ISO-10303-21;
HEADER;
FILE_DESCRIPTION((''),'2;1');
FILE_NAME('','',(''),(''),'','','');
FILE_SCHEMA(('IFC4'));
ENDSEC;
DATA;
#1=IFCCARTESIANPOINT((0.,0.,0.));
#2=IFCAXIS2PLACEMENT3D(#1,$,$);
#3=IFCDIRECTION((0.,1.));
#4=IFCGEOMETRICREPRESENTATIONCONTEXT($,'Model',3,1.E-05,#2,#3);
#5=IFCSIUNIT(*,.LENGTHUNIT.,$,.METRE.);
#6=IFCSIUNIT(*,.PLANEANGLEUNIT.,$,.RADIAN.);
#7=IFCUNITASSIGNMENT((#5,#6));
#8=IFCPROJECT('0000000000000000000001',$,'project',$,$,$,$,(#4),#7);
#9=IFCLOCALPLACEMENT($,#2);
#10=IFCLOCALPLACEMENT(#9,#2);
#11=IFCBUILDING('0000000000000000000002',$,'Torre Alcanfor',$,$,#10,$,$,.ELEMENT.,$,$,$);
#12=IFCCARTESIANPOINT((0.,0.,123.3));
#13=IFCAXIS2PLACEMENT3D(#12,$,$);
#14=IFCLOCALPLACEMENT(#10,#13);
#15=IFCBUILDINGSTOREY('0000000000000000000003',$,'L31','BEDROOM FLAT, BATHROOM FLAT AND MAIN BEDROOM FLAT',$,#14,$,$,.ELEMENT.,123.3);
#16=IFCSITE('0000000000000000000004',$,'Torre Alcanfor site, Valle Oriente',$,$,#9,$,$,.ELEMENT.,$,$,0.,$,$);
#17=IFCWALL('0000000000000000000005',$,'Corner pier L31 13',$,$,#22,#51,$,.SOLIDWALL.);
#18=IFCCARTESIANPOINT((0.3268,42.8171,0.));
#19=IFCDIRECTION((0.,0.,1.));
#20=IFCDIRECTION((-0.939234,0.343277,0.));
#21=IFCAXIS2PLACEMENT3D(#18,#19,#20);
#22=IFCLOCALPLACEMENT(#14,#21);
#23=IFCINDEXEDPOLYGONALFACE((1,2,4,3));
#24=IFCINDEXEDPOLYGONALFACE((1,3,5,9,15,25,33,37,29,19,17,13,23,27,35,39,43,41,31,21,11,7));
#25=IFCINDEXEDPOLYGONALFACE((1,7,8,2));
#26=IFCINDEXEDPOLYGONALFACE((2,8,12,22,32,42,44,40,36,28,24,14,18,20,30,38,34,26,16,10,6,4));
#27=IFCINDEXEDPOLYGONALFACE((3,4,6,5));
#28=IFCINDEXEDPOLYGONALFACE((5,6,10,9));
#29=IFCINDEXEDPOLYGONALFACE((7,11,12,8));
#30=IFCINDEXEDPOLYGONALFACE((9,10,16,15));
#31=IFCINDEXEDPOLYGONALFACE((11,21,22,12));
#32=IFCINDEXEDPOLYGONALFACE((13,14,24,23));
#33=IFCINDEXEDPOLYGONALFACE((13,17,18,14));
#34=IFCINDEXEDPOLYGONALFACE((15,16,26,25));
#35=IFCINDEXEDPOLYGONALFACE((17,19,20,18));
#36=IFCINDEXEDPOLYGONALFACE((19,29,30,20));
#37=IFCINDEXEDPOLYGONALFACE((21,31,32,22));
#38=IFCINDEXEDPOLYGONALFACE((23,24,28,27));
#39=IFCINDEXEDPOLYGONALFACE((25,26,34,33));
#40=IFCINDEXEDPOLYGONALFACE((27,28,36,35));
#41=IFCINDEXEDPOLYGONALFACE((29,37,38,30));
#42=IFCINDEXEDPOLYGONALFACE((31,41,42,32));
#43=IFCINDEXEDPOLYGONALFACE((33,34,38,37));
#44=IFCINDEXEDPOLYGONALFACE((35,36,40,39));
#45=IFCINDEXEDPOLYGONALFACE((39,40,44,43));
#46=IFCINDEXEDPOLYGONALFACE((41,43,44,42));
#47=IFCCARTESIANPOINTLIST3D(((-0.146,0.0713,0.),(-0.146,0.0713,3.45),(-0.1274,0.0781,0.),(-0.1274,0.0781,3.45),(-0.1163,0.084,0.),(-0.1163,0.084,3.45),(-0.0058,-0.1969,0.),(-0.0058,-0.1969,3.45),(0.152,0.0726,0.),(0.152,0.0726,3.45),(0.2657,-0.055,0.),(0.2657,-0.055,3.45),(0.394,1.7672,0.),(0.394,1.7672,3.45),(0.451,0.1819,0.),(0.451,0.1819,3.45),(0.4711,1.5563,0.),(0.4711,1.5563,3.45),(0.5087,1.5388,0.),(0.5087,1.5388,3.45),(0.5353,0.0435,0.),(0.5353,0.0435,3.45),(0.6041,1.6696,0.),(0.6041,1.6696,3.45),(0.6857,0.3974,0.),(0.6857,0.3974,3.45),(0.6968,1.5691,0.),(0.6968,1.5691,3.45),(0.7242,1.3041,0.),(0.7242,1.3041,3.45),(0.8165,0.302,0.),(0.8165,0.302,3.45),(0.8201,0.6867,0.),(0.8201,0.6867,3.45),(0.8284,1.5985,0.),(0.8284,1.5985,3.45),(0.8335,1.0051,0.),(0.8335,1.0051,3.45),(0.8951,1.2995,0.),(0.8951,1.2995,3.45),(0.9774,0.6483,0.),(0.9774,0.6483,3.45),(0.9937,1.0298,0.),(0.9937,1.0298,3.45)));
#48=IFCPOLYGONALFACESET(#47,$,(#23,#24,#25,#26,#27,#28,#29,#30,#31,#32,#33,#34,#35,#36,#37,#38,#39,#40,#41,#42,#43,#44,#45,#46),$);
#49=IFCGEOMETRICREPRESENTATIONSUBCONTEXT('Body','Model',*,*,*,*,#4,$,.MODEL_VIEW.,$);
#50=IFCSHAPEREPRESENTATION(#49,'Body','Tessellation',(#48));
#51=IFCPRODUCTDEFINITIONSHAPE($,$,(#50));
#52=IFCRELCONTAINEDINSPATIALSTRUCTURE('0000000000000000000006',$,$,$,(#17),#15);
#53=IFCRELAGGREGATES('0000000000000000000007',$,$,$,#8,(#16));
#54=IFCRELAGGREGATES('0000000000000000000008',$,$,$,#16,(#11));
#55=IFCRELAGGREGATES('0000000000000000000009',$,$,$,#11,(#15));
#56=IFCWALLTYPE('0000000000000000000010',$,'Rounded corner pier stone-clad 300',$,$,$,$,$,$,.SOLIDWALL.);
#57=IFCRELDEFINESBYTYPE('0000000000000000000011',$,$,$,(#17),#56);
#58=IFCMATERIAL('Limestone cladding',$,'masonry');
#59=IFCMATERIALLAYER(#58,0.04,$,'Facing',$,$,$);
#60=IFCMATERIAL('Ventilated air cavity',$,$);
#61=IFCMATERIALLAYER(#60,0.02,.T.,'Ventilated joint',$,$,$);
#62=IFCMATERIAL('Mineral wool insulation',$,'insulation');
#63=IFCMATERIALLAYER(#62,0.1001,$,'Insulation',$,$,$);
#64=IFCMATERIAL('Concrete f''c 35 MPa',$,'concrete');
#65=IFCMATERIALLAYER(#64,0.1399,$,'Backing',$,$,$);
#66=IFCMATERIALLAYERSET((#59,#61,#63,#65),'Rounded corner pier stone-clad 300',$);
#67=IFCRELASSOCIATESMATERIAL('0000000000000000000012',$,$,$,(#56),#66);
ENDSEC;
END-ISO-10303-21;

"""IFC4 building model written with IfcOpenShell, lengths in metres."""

from ifc_helpers import new_model, si_unit, direction, frame, origin, place, context, subcontext, project, spatial, polyline, outline, extrude, material, layer, layer_set, type_object, element, save


model = new_model("IFC4")

# Units and contexts
model_context = context("Model", 3, precision=1e-05, world=origin(), true_north=direction((0.0, 1.0)))
body_context = subcontext(model_context, "Body", "Model", "MODEL_VIEW")
ifc_project = project(units=[si_unit("LENGTHUNIT", "METRE"), si_unit("PLANEANGLEUNIT", "RADIAN")], contexts=[model_context])

# Site, building, storey
site_placement = place(None, origin())
site = spatial("IfcSite", under=ifc_project, at=site_placement, Name="Torre Alcanfor site, Valle Oriente", CompositionType="ELEMENT", RefElevation=0.0)
building_placement = place(site_placement, origin())
building = spatial("IfcBuilding", under=site, at=building_placement, Name="Torre Alcanfor", CompositionType="ELEMENT")
storey_placement = place(building_placement, frame((0.0, 0.0, 123.3)))
storey = spatial("IfcBuildingStorey", under=building, at=storey_placement, Name="L31", Description="BEDROOM FLAT, BATHROOM FLAT AND MAIN BEDROOM FLAT", CompositionType="ELEMENT", Elevation=123.3)

# Wall
ifc_material_1 = material(Name="Limestone cladding", Category="masonry")
ifc_layer_1 = layer(ifc_material_1, 0.04, Name="Facing")
ifc_material_2 = material(Name="Ventilated air cavity")
ifc_layer_2 = layer(ifc_material_2, 0.02, ventilated=True, Name="Ventilated joint")
ifc_material_3 = material(Name="Mineral wool insulation", Category="insulation")
ifc_layer_3 = layer(ifc_material_3, 0.1001, Name="Insulation")
ifc_material_4 = material(Name="Concrete f'c 35 MPa", Category="concrete")
ifc_layer_4 = layer(ifc_material_4, 0.1399, Name="Backing")
ifc_layer_set_1 = layer_set([ifc_layer_1, ifc_layer_2, ifc_layer_3, ifc_layer_4], Name="Rounded corner pier stone-clad 300")
wall_type_1 = type_object("IfcWallType", Name="Rounded corner pier stone-clad 300", PredefinedType="SOLIDWALL", material=ifc_layer_set_1)
wall_1_placement = place(storey_placement, frame((0.3268, 42.8171, 0.0), z_axis=(0.0, 0.0, 1.0), x_axis=(-0.939234, 0.343277, 0.0)))
element("IfcWall", 1, at=wall_1_placement, inside=storey, type_object=wall_type_1, Name="Corner pier L31 13", PredefinedType="SOLIDWALL", context=body_context, shape_type="SweptSolid", body=[
    extrude(outline(polyline([(-0.0058, -0.1969), (0.2657, -0.055), (0.5353, 0.0435), (0.8165, 0.302), (0.9774, 0.6483), (0.9937, 1.0298), (0.8951, 1.2995), (0.8284, 1.5985), (0.6968, 1.5691), (0.6041, 1.6696), (0.394, 1.7672), (0.4711, 1.5563), (0.5087, 1.5388), (0.7242, 1.3041), (0.8335, 1.0051), (0.8201, 0.6867), (0.6857, 0.3974), (0.451, 0.1819), (0.152, 0.0726), (-0.1163, 0.084), (-0.1274, 0.0781), (-0.146, 0.0713), (-0.0058, -0.1969)])), origin(), (0.0, 0.0, 1.0), 3.45),
])

save(model, "model.ifc")
